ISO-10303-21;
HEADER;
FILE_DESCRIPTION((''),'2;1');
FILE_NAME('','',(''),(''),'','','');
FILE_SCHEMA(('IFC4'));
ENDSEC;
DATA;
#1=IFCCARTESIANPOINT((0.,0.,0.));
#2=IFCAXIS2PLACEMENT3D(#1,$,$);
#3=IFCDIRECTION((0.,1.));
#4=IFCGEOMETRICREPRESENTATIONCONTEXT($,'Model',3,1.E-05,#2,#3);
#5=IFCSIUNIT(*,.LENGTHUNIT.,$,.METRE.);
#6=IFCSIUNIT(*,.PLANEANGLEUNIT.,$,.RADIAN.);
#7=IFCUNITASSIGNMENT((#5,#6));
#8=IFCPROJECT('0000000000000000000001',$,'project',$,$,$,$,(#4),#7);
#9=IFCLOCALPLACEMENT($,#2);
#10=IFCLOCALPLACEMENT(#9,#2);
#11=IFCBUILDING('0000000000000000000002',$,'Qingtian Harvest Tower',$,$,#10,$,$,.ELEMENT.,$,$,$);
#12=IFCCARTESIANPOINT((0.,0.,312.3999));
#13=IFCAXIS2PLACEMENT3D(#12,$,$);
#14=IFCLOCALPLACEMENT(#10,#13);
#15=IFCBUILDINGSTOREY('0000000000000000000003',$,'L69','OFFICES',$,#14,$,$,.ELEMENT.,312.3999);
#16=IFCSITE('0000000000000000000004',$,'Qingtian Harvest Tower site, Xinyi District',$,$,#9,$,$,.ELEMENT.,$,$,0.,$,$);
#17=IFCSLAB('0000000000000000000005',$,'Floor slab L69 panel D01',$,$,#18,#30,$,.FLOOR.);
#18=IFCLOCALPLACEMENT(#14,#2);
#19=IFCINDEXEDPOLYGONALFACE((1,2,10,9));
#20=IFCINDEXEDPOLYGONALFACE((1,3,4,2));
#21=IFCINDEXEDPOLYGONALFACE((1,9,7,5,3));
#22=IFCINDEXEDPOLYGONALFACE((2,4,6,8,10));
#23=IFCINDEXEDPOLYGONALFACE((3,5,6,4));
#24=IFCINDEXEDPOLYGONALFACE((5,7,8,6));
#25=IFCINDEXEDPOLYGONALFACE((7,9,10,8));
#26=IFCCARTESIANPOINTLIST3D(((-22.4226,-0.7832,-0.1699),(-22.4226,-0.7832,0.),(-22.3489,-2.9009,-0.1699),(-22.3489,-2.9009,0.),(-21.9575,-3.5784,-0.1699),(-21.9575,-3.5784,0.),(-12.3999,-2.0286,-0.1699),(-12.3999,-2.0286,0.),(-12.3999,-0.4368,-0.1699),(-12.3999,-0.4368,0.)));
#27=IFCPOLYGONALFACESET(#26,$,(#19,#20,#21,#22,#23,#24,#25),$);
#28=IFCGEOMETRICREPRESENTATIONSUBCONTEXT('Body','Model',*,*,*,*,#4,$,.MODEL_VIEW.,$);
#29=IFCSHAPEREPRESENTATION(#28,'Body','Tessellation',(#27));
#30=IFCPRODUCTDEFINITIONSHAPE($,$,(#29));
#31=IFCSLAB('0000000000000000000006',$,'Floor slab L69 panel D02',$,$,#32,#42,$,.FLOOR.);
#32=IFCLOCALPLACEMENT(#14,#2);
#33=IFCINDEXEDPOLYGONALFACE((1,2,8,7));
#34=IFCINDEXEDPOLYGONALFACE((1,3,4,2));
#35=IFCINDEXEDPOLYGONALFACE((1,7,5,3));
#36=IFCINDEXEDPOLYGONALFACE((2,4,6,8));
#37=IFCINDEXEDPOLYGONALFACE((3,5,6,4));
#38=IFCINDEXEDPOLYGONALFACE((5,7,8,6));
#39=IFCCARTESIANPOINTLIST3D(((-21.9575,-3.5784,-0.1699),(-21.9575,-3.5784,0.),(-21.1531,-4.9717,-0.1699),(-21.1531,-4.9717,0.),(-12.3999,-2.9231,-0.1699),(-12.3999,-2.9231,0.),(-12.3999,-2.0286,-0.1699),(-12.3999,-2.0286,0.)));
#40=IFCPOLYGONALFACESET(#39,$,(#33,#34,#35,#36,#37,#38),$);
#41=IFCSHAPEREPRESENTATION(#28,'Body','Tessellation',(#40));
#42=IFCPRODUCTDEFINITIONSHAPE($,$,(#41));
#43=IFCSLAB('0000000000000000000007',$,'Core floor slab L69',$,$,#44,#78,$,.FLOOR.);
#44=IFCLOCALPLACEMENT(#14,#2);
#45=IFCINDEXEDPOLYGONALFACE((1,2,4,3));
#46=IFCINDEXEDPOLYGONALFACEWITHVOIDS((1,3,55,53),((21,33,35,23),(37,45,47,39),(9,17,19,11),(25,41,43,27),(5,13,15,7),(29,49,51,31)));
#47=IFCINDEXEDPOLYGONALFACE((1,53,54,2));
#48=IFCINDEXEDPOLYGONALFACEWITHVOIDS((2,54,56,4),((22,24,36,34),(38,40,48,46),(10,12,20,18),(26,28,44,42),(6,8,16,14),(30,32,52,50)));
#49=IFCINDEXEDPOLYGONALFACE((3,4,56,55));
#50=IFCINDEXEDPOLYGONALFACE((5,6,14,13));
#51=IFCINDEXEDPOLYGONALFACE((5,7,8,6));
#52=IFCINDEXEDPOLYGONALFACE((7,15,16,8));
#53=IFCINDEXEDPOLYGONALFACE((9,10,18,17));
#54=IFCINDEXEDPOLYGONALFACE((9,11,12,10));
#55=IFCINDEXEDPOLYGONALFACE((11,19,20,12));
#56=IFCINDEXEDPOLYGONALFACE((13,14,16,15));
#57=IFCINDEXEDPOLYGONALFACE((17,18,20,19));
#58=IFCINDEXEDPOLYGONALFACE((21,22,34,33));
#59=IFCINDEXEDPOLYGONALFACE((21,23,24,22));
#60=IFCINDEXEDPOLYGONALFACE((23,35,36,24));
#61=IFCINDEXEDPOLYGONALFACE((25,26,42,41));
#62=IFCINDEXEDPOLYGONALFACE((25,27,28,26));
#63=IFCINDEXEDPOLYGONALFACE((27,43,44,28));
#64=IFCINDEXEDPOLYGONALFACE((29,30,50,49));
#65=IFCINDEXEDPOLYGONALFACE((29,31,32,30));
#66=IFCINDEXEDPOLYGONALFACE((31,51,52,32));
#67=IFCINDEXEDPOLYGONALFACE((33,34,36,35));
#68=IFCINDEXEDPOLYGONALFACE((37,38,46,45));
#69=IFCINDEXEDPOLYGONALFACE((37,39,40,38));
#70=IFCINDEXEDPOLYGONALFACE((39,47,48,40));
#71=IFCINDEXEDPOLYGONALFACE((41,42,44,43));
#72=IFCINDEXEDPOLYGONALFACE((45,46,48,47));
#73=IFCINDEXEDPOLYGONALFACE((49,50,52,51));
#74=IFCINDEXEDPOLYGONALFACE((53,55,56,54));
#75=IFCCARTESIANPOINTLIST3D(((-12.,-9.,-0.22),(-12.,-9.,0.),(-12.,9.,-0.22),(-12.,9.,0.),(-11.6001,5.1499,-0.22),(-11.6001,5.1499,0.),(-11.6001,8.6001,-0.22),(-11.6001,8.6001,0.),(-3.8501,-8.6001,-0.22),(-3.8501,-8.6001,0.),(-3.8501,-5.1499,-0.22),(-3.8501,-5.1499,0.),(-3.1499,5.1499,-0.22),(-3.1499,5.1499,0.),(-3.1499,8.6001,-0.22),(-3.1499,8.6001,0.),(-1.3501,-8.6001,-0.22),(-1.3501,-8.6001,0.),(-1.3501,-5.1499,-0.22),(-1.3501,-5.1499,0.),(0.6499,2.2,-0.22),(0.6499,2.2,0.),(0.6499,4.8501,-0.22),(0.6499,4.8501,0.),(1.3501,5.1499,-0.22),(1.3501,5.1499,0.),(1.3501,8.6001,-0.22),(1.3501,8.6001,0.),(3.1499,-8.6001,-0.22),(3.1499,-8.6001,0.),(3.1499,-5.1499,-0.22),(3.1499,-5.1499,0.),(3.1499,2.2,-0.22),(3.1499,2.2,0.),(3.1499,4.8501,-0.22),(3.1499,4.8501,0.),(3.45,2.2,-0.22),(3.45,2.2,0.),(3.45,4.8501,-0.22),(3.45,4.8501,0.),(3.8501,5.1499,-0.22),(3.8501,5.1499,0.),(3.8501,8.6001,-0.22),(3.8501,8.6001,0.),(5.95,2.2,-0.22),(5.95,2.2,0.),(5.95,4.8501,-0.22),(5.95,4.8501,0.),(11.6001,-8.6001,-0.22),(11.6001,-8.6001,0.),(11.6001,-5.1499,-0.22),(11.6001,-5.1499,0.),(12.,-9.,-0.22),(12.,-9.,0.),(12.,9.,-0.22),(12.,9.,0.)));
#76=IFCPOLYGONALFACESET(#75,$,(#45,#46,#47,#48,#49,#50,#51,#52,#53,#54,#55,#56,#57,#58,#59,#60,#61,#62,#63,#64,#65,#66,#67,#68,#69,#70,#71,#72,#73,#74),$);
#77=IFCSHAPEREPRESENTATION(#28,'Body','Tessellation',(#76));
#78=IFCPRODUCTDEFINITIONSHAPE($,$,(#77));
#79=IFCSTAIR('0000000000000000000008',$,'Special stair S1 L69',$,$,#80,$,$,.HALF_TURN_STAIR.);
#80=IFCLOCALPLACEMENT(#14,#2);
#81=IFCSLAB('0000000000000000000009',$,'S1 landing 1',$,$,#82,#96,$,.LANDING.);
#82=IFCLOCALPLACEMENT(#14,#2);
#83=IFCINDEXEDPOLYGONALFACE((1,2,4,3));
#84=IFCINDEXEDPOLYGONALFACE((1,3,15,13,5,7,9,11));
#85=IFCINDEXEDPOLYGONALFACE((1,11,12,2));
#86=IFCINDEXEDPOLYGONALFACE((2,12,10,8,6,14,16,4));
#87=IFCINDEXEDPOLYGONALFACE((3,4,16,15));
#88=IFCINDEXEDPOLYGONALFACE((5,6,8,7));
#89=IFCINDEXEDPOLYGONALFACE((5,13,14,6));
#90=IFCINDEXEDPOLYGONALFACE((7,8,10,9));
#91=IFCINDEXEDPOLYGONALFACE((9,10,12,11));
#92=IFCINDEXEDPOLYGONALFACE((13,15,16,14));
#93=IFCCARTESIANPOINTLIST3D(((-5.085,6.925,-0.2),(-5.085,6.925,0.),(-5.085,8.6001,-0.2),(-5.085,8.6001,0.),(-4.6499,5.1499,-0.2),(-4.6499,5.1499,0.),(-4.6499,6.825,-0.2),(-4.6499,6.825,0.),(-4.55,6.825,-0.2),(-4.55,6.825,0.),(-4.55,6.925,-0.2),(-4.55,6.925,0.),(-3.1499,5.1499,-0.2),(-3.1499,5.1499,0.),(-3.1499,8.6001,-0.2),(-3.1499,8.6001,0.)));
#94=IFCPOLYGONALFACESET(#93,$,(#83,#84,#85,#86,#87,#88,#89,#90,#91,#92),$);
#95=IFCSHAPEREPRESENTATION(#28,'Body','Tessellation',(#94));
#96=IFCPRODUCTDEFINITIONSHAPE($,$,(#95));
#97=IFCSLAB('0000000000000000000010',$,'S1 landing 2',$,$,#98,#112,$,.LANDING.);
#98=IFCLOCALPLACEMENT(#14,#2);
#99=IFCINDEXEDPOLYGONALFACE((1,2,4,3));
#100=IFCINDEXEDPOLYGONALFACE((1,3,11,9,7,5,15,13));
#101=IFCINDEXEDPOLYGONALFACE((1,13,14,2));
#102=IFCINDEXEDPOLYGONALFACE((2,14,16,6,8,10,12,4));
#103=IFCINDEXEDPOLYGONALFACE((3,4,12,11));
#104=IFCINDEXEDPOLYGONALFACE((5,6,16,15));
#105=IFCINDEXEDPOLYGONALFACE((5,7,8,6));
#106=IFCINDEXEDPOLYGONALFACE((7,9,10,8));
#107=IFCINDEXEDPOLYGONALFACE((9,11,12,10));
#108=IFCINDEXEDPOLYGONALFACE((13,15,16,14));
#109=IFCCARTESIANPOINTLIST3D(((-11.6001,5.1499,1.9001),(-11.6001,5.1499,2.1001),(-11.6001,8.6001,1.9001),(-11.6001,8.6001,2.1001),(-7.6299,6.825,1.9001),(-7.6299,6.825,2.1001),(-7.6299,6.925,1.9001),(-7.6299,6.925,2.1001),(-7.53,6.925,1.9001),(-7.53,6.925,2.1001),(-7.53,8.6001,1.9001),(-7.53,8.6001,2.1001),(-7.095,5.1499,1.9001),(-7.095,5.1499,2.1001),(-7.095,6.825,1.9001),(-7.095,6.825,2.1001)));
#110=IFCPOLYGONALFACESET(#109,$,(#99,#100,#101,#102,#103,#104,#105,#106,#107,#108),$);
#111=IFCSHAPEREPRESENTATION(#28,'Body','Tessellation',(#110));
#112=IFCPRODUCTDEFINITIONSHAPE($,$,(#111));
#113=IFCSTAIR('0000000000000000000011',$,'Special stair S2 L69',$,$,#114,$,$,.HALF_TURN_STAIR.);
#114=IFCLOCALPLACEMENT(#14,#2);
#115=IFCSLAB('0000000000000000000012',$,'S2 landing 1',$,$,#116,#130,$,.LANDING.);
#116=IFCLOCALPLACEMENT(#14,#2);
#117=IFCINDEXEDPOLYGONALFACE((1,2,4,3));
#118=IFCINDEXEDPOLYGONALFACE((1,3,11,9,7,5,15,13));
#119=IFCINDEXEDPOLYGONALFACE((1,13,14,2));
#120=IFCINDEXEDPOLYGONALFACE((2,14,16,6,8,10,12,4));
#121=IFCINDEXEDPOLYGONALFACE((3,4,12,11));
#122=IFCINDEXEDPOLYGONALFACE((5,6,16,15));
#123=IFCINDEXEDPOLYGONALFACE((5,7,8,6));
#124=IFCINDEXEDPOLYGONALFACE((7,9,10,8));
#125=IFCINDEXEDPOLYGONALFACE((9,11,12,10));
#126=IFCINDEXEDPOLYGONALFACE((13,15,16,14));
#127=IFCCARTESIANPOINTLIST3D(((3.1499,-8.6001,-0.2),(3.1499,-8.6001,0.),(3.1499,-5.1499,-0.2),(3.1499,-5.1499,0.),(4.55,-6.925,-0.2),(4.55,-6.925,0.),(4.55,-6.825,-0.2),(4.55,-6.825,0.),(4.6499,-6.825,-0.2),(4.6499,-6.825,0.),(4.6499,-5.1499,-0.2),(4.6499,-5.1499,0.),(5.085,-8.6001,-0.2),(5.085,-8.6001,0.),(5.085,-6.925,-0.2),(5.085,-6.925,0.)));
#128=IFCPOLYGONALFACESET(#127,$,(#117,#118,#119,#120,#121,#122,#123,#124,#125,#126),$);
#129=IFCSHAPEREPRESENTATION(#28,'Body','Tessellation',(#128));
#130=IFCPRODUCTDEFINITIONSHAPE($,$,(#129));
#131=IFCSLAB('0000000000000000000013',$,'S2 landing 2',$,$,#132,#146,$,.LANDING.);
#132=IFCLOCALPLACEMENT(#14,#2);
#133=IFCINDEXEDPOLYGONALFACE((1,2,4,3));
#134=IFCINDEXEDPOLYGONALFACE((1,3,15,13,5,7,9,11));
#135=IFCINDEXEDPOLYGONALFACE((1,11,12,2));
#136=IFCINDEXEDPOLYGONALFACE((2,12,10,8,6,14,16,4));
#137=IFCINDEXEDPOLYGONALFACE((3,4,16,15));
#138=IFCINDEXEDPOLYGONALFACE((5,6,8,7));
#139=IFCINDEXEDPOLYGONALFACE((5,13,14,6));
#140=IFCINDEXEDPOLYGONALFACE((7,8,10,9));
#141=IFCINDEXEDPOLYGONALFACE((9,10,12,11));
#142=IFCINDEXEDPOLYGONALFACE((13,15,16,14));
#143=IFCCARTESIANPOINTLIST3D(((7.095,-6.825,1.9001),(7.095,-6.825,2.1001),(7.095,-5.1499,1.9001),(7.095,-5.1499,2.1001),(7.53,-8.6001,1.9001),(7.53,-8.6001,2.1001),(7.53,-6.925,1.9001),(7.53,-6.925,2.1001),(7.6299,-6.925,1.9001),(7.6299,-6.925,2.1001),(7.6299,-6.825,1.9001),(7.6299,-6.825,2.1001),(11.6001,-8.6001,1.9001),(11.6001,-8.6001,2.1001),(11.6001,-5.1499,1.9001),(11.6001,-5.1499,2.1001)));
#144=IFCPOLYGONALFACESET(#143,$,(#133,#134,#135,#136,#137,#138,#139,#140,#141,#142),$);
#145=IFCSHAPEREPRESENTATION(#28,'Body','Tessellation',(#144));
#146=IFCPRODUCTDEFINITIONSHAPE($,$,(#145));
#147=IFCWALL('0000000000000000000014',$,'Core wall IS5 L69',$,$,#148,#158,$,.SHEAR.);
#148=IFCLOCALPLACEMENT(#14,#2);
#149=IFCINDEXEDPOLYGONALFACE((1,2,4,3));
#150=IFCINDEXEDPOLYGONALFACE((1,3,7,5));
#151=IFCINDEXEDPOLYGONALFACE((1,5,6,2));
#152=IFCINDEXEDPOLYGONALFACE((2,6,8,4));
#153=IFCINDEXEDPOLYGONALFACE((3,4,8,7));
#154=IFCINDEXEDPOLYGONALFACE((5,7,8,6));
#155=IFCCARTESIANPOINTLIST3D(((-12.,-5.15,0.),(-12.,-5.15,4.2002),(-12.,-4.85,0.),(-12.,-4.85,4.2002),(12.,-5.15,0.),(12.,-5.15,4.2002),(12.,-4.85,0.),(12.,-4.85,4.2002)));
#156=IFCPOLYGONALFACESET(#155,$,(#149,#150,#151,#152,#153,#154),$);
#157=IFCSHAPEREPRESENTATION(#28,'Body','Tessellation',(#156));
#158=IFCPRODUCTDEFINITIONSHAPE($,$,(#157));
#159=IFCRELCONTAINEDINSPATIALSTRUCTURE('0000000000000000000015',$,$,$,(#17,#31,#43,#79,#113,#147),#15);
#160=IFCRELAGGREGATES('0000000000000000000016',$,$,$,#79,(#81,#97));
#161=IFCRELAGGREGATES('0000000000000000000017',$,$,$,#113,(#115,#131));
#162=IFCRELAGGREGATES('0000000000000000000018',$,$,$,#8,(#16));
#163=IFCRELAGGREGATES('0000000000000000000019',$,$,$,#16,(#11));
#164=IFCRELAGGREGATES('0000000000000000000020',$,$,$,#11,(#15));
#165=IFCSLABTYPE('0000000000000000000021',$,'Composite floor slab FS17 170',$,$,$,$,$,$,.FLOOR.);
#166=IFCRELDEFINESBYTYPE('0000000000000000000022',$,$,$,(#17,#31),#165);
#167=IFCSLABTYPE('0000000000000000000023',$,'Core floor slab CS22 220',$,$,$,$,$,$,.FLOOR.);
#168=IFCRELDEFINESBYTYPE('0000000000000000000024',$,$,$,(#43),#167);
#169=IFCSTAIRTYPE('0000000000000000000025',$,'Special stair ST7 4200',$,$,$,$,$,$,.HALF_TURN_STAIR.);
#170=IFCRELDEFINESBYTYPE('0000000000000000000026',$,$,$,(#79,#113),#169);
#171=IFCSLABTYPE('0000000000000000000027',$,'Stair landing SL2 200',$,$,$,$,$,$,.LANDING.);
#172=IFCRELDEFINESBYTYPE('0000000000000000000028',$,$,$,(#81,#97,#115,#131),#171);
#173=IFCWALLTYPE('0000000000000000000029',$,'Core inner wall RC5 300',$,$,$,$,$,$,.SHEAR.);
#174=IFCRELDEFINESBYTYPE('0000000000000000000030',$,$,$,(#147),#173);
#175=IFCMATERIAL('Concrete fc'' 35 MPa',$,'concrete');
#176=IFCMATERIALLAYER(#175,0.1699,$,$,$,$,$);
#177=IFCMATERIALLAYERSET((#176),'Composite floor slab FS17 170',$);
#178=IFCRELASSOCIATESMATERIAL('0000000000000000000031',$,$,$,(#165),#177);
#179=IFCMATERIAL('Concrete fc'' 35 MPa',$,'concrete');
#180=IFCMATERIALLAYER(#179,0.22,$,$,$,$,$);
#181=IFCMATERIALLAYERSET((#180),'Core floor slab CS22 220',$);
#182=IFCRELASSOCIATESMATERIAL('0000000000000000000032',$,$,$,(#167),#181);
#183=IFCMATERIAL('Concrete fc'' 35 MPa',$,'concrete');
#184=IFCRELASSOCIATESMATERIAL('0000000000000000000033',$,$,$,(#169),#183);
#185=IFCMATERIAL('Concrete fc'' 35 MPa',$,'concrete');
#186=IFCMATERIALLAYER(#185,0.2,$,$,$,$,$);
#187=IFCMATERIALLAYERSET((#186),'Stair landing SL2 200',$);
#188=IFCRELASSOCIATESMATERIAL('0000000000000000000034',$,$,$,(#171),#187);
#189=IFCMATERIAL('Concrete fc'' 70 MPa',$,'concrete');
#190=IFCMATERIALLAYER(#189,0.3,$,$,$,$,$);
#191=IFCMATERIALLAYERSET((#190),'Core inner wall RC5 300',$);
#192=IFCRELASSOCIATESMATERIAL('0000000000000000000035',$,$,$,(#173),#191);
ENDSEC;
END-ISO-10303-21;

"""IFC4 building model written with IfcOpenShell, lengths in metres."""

from ifc_helpers import new_model, si_unit, direction, frame, frame_2d, origin, place, context, subcontext, project, spatial, polyline, rectangle, outline, extrude, material, layer, layer_set, type_object, element, aggregate, save


model = new_model("IFC4")

# Units and contexts
model_context = context("Model", 3, precision=1e-05, world=origin(), true_north=direction((0.0, 1.0)))
body_context = subcontext(model_context, "Body", "Model", "MODEL_VIEW")
ifc_project = project(units=[si_unit("LENGTHUNIT", "METRE"), si_unit("PLANEANGLEUNIT", "RADIAN")], contexts=[model_context])

# Site, building, storey
site_placement = place(None, origin())
site = spatial("IfcSite", under=ifc_project, at=site_placement, Name="Qingtian Harvest Tower site, Xinyi District", CompositionType="ELEMENT", RefElevation=0.0)
building_placement = place(site_placement, origin())
building = spatial("IfcBuilding", under=site, at=building_placement, Name="Qingtian Harvest Tower", CompositionType="ELEMENT")
storey_placement = place(building_placement, frame((0.0, 0.0, 312.3999)))
storey = spatial("IfcBuildingStorey", under=building, at=storey_placement, Name="L69", Description="OFFICES", CompositionType="ELEMENT", Elevation=312.3999)

# Slabs
ifc_material_1 = material(Name="Concrete fc' 35 MPa", Category="concrete")
ifc_layer_1 = layer(ifc_material_1, 0.1699)
ifc_layer_set_1 = layer_set([ifc_layer_1], Name="Composite floor slab FS17 170")
slab_type_1 = type_object("IfcSlabType", Name="Composite floor slab FS17 170", PredefinedType="FLOOR", material=ifc_layer_set_1)
slab_1_placement = place(storey_placement, frame((0.0, 0.0, -0.1699)))
element("IfcSlab", 1, at=slab_1_placement, inside=storey, type_object=slab_type_1, Name="Floor slab L69 panel D01", PredefinedType="FLOOR", context=body_context, shape_type="SweptSolid", body=[
    extrude(outline(polyline([(-22.4226, -0.7832), (-12.3999, -0.4368), (-12.3999, -2.0286), (-21.9575, -3.5784), (-22.3489, -2.9009), (-22.4226, -0.7832)])), origin(), (0.0, 0.0, 1.0), 0.1699),
])
slab_2_placement = place(storey_placement, frame((0.0, 0.0, -0.1699)))
element("IfcSlab", 2, at=slab_2_placement, inside=storey, type_object=slab_type_1, Name="Floor slab L69 panel D02", PredefinedType="FLOOR", context=body_context, shape_type="SweptSolid", body=[
    extrude(outline(polyline([(-12.3999, -2.9231), (-21.1531, -4.9717), (-21.9575, -3.5784), (-12.3999, -2.0286), (-12.3999, -2.9231)])), origin(), (0.0, 0.0, 1.0), 0.1699),
])
ifc_material_2 = material(Name="Concrete fc' 35 MPa", Category="concrete")
ifc_layer_2 = layer(ifc_material_2, 0.22)
ifc_layer_set_2 = layer_set([ifc_layer_2], Name="Core floor slab CS22 220")
slab_type_2 = type_object("IfcSlabType", Name="Core floor slab CS22 220", PredefinedType="FLOOR", material=ifc_layer_set_2)
slab_3_placement = place(storey_placement, frame((0.0, 0.0, -0.22)))
element("IfcSlab", 3, at=slab_3_placement, inside=storey, type_object=slab_type_2, Name="Core floor slab L69", PredefinedType="FLOOR", context=body_context, shape_type="SweptSolid", body=[
    extrude(outline(polyline([(-12.0, -9.0), (12.0, -9.0), (12.0, 9.0), (-12.0, 9.0), (-12.0, -9.0)]), holes=[polyline([(-11.6001, 5.1499), (-3.1499, 5.1499), (-3.1499, 8.6001), (-11.6001, 8.6001), (-11.6001, 5.1499)]), polyline([(3.1499, -8.6001), (11.6001, -8.6001), (11.6001, -5.1499), (3.1499, -5.1499), (3.1499, -8.6001)]), polyline([(1.3501, 5.1499), (3.8501, 5.1499), (3.8501, 8.6001), (1.3501, 8.6001), (1.3501, 5.1499)]), polyline([(-3.8501, -8.6001), (-1.3501, -8.6001), (-1.3501, -5.1499), (-3.8501, -5.1499), (-3.8501, -8.6001)]), polyline([(0.6499, 2.2), (3.1499, 2.2), (3.1499, 4.8501), (0.6499, 4.8501), (0.6499, 2.2)]), polyline([(3.45, 2.2), (5.95, 2.2), (5.95, 4.8501), (3.45, 4.8501), (3.45, 2.2)])]), origin(), (0.0, 0.0, 1.0), 0.22),
])

# Stairs, slabs
ifc_material_3 = material(Name="Concrete fc' 35 MPa", Category="concrete")
stair_type = type_object("IfcStairType", Name="Special stair ST7 4200", PredefinedType="HALF_TURN_STAIR", material=ifc_material_3)
stair_1_placement = place(storey_placement, origin())
stair_1 = element("IfcStair", 4, at=stair_1_placement, inside=storey, type_object=stair_type, Name="Special stair S1 L69", PredefinedType="HALF_TURN_STAIR")
ifc_material_4 = material(Name="Concrete fc' 35 MPa", Category="concrete")
ifc_layer_3 = layer(ifc_material_4, 0.2)
ifc_layer_set_3 = layer_set([ifc_layer_3], Name="Stair landing SL2 200")
slab_type_3 = type_object("IfcSlabType", Name="Stair landing SL2 200", PredefinedType="LANDING", material=ifc_layer_set_3)
slab_4_placement = place(storey_placement, frame((0.0, 0.0, -0.2)))
slab_4 = element("IfcSlab", 5, at=slab_4_placement, type_object=slab_type_3, Name="S1 landing 1", PredefinedType="LANDING", context=body_context, shape_type="SweptSolid", body=[
    extrude(outline(polyline([(-4.6499, 5.1499), (-4.6499, 6.825), (-4.55, 6.825), (-4.55, 6.925), (-5.085, 6.925), (-5.085, 8.6001), (-3.1499, 8.6001), (-3.1499, 5.1499), (-4.6499, 5.1499)])), origin(), (0.0, 0.0, 1.0), 0.2),
])
slab_5_placement = place(storey_placement, frame((0.0, 0.0, 1.9001)))
slab_5 = element("IfcSlab", 6, at=slab_5_placement, type_object=slab_type_3, Name="S1 landing 2", PredefinedType="LANDING", context=body_context, shape_type="SweptSolid", body=[
    extrude(outline(polyline([(-7.095, 5.1499), (-11.6001, 5.1499), (-11.6001, 8.6001), (-7.53, 8.6001), (-7.53, 6.925), (-7.6299, 6.925), (-7.6299, 6.825), (-7.095, 6.825), (-7.095, 5.1499)])), origin(), (0.0, 0.0, 1.0), 0.2),
])
aggregate(stair_1, [slab_4, slab_5])
stair_2_placement = place(storey_placement, origin())
stair_2 = element("IfcStair", 7, at=stair_2_placement, inside=storey, type_object=stair_type, Name="Special stair S2 L69", PredefinedType="HALF_TURN_STAIR")
slab_6_placement = place(storey_placement, frame((0.0, 0.0, -0.2)))
slab_6 = element("IfcSlab", 8, at=slab_6_placement, type_object=slab_type_3, Name="S2 landing 1", PredefinedType="LANDING", context=body_context, shape_type="SweptSolid", body=[
    extrude(outline(polyline([(5.085, -8.6001), (3.1499, -8.6001), (3.1499, -5.1499), (4.6499, -5.1499), (4.6499, -6.825), (4.55, -6.825), (4.55, -6.925), (5.085, -6.925), (5.085, -8.6001)])), origin(), (0.0, 0.0, 1.0), 0.2),
])
slab_7_placement = place(storey_placement, frame((0.0, 0.0, 1.9001)))
slab_7 = element("IfcSlab", 9, at=slab_7_placement, type_object=slab_type_3, Name="S2 landing 2", PredefinedType="LANDING", context=body_context, shape_type="SweptSolid", body=[
    extrude(outline(polyline([(7.53, -8.6001), (7.53, -6.925), (7.6299, -6.925), (7.6299, -6.825), (7.095, -6.825), (7.095, -5.1499), (11.6001, -5.1499), (11.6001, -8.6001), (7.53, -8.6001)])), origin(), (0.0, 0.0, 1.0), 0.2),
])
aggregate(stair_2, [slab_6, slab_7])

# Wall
ifc_material_5 = material(Name="Concrete fc' 70 MPa", Category="concrete")
ifc_layer_4 = layer(ifc_material_5, 0.3)
ifc_layer_set_4 = layer_set([ifc_layer_4], Name="Core inner wall RC5 300")
wall_type_1 = type_object("IfcWallType", Name="Core inner wall RC5 300", PredefinedType="SHEAR", material=ifc_layer_set_4)
wall_1_placement = place(storey_placement, frame((-12.0, -5.0, 0.0), z_axis=(0.0, 0.0, 1.0), x_axis=(1.0, 0.0, 0.0)))
element("IfcWall", 10, at=wall_1_placement, inside=storey, type_object=wall_type_1, Name="Core wall IS5 L69", PredefinedType="SHEAR", context=body_context, shape_type="SweptSolid", body=[
    extrude(rectangle(XDim=24.0, YDim=0.3, at=frame_2d((12.0, 0.0))), origin(), (0.0, 0.0, 1.0), 4.2002),
])

save(model, "model.ifc")
